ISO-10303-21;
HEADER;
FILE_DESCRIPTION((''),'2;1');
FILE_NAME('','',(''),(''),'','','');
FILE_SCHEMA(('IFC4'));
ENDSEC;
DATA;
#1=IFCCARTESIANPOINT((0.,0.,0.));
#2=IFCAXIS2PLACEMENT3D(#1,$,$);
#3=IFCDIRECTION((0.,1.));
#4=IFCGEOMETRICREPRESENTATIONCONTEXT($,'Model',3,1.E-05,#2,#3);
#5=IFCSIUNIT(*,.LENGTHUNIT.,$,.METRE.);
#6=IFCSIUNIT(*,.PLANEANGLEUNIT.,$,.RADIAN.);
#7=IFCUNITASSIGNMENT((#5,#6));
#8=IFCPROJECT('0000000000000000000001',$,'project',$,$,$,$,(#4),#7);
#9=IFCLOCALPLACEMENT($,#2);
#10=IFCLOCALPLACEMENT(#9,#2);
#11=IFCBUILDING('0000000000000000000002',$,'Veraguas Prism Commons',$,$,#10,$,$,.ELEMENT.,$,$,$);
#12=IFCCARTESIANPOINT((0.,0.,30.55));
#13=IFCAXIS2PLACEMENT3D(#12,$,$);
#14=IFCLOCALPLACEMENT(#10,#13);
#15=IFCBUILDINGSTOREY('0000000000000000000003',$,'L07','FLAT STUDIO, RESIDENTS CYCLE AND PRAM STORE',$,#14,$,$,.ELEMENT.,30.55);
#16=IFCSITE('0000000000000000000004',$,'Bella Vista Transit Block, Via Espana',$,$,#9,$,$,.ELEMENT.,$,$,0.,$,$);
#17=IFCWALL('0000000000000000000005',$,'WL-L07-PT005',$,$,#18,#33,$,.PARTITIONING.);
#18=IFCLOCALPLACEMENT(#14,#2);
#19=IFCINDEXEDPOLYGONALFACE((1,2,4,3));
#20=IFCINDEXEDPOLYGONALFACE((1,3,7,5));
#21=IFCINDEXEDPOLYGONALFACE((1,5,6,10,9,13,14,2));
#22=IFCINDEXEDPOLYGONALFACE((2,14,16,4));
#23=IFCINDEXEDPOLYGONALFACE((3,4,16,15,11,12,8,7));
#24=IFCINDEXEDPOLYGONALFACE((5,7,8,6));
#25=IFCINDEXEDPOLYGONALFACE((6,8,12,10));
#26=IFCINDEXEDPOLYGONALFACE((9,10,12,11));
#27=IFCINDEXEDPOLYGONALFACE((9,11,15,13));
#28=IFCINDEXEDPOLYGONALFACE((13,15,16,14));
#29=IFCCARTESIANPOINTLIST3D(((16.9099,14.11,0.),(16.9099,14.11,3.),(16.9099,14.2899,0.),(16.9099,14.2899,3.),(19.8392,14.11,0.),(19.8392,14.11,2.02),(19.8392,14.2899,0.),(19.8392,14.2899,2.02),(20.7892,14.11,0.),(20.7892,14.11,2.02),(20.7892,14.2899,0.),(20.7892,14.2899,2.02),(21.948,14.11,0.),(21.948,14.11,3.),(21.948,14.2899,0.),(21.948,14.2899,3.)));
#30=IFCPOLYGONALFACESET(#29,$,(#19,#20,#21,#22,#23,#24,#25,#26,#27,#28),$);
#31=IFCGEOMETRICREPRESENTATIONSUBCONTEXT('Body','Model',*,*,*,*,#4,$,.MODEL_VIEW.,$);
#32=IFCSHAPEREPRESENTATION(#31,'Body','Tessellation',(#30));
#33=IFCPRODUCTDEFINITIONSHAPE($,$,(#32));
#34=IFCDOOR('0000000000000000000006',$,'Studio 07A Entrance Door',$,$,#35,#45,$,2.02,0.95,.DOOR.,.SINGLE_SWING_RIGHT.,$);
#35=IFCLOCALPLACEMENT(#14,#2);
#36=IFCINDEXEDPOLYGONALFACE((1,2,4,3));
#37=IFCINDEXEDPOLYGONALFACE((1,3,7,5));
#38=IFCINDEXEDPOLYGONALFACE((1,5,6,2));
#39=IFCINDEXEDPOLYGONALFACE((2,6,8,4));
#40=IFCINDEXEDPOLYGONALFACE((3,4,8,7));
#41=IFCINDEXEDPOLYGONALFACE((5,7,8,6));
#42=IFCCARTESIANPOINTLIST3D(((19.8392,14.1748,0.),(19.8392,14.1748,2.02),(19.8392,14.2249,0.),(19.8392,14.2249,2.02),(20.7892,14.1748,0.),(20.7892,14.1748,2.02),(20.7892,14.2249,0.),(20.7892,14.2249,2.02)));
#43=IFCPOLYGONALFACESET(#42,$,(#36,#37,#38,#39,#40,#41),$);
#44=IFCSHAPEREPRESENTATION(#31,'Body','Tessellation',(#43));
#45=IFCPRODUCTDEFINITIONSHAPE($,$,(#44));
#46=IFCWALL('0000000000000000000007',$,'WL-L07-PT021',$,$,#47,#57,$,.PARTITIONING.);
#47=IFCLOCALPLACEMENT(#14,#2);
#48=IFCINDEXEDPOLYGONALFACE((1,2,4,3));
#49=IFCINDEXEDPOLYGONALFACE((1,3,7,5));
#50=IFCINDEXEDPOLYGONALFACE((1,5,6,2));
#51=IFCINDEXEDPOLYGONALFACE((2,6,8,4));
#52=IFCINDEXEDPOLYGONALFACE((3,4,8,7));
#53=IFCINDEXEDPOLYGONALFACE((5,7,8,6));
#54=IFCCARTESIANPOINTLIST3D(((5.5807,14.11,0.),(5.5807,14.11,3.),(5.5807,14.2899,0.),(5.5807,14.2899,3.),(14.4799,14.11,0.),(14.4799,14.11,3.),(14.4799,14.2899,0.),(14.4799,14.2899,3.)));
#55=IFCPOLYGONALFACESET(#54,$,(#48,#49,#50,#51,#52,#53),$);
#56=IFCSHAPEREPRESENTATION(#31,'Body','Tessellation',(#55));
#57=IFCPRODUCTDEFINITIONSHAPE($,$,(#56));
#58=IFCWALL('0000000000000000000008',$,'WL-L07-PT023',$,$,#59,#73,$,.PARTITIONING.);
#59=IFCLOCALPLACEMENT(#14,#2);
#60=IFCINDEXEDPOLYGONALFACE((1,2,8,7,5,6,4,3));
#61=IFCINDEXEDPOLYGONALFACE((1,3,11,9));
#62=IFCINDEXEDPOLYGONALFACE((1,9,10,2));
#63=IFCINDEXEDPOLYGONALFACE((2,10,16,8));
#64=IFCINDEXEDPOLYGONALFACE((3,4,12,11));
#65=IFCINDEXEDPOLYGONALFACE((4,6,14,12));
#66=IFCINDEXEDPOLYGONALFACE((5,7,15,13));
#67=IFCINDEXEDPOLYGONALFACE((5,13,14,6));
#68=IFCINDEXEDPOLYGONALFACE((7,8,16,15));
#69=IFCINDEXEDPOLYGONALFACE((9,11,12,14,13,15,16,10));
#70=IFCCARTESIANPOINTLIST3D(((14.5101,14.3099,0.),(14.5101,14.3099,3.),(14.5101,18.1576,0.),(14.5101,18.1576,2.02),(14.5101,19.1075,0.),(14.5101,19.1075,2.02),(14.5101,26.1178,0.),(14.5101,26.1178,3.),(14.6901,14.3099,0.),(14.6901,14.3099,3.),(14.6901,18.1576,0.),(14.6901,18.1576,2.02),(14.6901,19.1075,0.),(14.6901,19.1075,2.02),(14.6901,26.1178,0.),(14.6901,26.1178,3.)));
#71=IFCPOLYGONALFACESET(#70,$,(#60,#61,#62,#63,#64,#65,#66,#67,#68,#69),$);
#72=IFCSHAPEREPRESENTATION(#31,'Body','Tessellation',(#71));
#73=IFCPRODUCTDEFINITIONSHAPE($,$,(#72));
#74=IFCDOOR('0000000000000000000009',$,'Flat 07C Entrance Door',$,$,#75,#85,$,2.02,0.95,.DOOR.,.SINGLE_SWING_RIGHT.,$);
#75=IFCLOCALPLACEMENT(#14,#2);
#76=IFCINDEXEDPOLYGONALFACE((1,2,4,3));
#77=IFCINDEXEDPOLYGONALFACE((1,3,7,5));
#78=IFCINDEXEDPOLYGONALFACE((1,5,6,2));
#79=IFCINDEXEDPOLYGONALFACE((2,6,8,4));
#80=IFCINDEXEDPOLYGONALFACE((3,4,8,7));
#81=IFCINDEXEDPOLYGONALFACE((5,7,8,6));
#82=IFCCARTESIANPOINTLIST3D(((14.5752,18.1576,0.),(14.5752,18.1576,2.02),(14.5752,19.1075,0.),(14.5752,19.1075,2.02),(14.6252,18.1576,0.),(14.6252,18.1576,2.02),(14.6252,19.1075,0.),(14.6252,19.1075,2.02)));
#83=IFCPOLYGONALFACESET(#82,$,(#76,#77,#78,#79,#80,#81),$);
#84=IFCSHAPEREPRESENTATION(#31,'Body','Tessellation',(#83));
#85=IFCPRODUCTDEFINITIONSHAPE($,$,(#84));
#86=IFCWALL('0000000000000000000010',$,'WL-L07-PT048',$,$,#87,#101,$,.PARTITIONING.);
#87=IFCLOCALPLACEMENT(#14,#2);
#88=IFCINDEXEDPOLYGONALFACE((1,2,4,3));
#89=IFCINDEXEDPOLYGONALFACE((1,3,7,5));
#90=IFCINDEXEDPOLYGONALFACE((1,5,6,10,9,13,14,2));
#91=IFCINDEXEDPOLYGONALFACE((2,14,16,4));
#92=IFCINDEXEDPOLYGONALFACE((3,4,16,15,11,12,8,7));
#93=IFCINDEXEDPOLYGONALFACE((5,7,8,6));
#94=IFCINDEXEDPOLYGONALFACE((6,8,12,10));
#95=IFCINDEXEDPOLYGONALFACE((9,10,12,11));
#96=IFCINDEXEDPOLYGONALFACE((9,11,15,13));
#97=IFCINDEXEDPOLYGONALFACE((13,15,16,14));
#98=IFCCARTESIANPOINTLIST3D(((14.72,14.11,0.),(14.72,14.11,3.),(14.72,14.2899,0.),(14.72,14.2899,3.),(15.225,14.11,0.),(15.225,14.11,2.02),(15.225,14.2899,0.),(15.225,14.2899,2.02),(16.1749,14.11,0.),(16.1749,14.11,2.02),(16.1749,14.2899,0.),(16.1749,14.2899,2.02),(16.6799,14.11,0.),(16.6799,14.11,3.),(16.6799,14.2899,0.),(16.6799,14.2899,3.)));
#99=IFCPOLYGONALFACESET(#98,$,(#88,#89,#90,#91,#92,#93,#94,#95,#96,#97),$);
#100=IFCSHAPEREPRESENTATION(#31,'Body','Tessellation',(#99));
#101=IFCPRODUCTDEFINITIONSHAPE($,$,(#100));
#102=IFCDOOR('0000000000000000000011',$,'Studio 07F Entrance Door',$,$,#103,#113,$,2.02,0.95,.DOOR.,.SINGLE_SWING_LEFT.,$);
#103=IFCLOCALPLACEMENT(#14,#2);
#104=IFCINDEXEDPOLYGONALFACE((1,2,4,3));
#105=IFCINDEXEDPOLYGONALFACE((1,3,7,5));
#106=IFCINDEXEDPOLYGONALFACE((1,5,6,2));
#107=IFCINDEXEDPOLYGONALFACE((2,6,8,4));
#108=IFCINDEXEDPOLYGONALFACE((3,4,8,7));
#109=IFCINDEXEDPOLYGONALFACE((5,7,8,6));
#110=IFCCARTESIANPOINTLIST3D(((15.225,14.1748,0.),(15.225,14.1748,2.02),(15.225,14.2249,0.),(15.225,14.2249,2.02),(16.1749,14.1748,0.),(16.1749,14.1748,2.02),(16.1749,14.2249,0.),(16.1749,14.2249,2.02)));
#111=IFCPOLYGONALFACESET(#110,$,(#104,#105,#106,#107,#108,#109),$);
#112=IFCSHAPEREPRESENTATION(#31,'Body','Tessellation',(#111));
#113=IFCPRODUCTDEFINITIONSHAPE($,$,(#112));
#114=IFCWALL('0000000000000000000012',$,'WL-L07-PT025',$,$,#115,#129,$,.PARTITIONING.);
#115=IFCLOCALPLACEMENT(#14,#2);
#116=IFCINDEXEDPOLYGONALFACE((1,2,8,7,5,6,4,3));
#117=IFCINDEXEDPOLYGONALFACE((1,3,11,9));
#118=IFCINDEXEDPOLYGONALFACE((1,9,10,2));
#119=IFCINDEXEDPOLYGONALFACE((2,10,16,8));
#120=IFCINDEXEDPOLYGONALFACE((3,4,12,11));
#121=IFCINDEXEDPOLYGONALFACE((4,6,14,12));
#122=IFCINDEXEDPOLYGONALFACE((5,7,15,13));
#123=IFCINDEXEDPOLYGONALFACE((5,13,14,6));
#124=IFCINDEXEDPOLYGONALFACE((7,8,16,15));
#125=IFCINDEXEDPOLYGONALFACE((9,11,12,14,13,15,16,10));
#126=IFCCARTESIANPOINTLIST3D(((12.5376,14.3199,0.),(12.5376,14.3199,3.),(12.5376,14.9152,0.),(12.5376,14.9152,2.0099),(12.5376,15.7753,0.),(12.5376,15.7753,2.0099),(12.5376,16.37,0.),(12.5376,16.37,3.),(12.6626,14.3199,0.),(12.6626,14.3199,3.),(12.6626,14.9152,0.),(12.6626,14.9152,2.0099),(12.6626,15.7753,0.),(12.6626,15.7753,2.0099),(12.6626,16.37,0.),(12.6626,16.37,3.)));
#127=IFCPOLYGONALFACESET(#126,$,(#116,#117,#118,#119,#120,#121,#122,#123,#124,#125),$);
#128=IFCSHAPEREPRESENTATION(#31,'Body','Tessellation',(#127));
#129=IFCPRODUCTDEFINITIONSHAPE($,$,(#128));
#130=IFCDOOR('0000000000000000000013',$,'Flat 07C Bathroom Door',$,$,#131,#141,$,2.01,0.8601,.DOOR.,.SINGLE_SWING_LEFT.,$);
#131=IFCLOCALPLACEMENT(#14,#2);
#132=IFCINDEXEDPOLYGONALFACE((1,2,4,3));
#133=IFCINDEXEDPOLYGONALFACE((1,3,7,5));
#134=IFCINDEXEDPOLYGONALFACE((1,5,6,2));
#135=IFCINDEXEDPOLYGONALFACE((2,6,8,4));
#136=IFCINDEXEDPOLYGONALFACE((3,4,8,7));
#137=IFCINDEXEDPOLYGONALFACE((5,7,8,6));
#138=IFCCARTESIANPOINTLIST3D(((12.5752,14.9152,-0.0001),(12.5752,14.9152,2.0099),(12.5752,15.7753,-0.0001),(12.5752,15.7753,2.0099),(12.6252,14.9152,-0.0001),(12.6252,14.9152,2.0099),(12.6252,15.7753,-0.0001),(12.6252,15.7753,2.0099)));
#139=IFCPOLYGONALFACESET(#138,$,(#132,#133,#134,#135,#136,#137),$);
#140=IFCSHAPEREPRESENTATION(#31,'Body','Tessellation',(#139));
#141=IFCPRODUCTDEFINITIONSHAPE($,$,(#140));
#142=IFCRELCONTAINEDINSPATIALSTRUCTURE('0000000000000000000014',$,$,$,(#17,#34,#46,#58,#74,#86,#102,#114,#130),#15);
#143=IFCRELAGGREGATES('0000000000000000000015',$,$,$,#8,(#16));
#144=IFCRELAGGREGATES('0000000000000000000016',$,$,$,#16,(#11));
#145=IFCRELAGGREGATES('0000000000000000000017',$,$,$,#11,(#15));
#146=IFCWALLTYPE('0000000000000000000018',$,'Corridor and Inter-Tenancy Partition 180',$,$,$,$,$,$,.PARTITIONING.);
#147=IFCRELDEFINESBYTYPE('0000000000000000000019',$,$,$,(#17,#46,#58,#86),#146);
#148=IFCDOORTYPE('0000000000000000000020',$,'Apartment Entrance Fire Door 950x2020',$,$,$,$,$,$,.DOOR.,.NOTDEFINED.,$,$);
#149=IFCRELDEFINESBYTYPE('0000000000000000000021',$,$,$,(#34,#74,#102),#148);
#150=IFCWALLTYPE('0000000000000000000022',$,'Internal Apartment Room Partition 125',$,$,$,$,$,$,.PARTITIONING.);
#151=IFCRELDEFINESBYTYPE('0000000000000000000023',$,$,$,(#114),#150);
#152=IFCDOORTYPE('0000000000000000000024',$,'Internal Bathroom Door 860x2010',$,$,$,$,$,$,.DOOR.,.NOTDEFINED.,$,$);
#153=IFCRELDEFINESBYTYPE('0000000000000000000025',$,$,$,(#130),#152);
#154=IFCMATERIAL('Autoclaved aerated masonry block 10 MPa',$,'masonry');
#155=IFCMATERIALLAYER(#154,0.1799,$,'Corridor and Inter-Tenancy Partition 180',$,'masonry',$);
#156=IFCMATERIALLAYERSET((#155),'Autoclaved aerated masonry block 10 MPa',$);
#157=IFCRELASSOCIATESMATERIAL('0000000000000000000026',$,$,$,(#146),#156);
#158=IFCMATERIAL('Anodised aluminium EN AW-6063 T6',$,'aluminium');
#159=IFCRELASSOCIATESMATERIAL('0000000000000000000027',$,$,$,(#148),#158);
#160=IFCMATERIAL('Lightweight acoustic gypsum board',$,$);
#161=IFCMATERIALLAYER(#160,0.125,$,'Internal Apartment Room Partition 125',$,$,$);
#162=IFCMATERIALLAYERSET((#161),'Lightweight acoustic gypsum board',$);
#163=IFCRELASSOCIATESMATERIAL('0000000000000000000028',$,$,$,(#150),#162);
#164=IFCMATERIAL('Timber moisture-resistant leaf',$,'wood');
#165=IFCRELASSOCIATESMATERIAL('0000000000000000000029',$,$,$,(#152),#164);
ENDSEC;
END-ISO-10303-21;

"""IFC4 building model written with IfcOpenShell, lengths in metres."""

from ifc_helpers import new_model, si_unit, direction, frame, frame_2d, origin, place, context, subcontext, project, spatial, rectangle, extrude, source, transform, mapped, material, layer, layer_set, type_object, element, fill, save


model = new_model("IFC4")

# Units and contexts
model_context = context("Model", 3, precision=1e-05, world=origin(), true_north=direction((0.0, 1.0)))
body_context = subcontext(model_context, "Body", "Model", "MODEL_VIEW")
ifc_project = project(units=[si_unit("LENGTHUNIT", "METRE"), si_unit("PLANEANGLEUNIT", "RADIAN")], contexts=[model_context])

# Site, building, storey
site_placement = place(None, origin())
site = spatial("IfcSite", under=ifc_project, at=site_placement, Name="Bella Vista Transit Block, Via Espana", CompositionType="ELEMENT", RefElevation=0.0)
building_placement = place(site_placement, origin())
building = spatial("IfcBuilding", under=site, at=building_placement, Name="Veraguas Prism Commons", CompositionType="ELEMENT")
storey_placement = place(building_placement, frame((0.0, 0.0, 30.55)))
storey = spatial("IfcBuildingStorey", under=building, at=storey_placement, Name="L07", Description="FLAT STUDIO, RESIDENTS CYCLE AND PRAM STORE", CompositionType="ELEMENT", Elevation=30.55)

# Wall, opening, door
ifc_material_1 = material(Name="Autoclaved aerated masonry block 10 MPa", Category="masonry")
ifc_layer_1 = layer(ifc_material_1, 0.1799, Name="Corridor and Inter-Tenancy Partition 180", Category="masonry")
ifc_layer_set_1 = layer_set([ifc_layer_1], Name="Autoclaved aerated masonry block 10 MPa")
wall_type_1 = type_object("IfcWallType", Name="Corridor and Inter-Tenancy Partition 180", PredefinedType="PARTITIONING", material=ifc_layer_set_1)
wall_1_placement = place(storey_placement, frame((16.9099, 14.2, 0.0), z_axis=(0.0, 0.0, 1.0), x_axis=(1.0, 0.0, 0.0)))
wall_1 = element("IfcWall", 1, at=wall_1_placement, inside=storey, type_object=wall_type_1, Name="WL-L07-PT005", PredefinedType="PARTITIONING", context=body_context, shape_type="SweptSolid", body=[
    extrude(rectangle(XDim=5.0381, YDim=0.1799, at=frame_2d((2.519, 0.0))), origin(), (0.0, 0.0, 1.0), 3.0),
])
opening_1_placement = place(wall_1_placement, frame((2.9292, 0.0, 0.0)))
opening_1 = element("IfcOpeningElement", 2, at=opening_1_placement, cuts=wall_1, PredefinedType="OPENING", context=body_context, shape_type="SweptSolid", body=[
    extrude(rectangle(XDim=0.95, YDim=2.02, at=frame_2d((0.4751, 1.01))), frame((0.0, 0.0999, 0.0), z_axis=(0.0, -1.0, 0.0), x_axis=(1.0, 0.0, 0.0)), (0.0, 0.0, 1.0), 0.2),
])
ifc_material_2 = material(Name="Anodised aluminium EN AW-6063 T6", Category="aluminium")
door_type_1 = type_object("IfcDoorType", Name="Apartment Entrance Fire Door 950x2020", OperationType="NOTDEFINED", PredefinedType="DOOR", material=ifc_material_2)
shared_shape_1 = source(origin(), body_context, "Body", "SweptSolid", [
    extrude(rectangle(XDim=0.95, YDim=2.02, at=frame_2d((0.4751, 1.01))), frame((0.0, 0.0249, 0.0), z_axis=(0.0, -1.0, 0.0), x_axis=(1.0, 0.0, 0.0)), (0.0, 0.0, 1.0), 0.05),
])
door_1_placement = place(opening_1_placement, origin())
door_1 = element("IfcDoor", 3, at=door_1_placement, inside=storey, type_object=door_type_1, Name="Studio 07A Entrance Door", OperationType="SINGLE_SWING_RIGHT", OverallHeight=2.02, OverallWidth=0.95, PredefinedType="DOOR", context=body_context, shape_type="MappedRepresentation", body=[
    mapped(shared_shape_1, transform((0.0, 0.0, 0.0), scale=1.0)),
])
fill(opening_1, door_1)

# Wall
wall_2_placement = place(storey_placement, frame((14.48, 14.2, 0.0), z_axis=(0.0, 0.0, 1.0), x_axis=(-1.0, 0.0, 0.0)))
element("IfcWall", 4, at=wall_2_placement, inside=storey, type_object=wall_type_1, Name="WL-L07-PT021", PredefinedType="PARTITIONING", context=body_context, shape_type="SweptSolid", body=[
    extrude(rectangle(XDim=8.8992, YDim=0.1799, at=frame_2d((4.4497, 0.0))), origin(), (0.0, 0.0, 1.0), 3.0),
])

# Walls, openings, doors
wall_3_placement = place(storey_placement, frame((14.6001, 14.3101, 0.0), z_axis=(0.0, 0.0, 1.0), x_axis=(0.0, 1.0, 0.0)))
wall_3 = element("IfcWall", 5, at=wall_3_placement, inside=storey, type_object=wall_type_1, Name="WL-L07-PT023", PredefinedType="PARTITIONING", context=body_context, shape_type="SweptSolid", body=[
    extrude(rectangle(XDim=11.8079, YDim=0.1799, at=frame_2d((5.9038, 0.0))), origin(), (0.0, 0.0, 1.0), 3.0),
])
opening_2_placement = place(wall_3_placement, frame((3.8474, 0.0, 0.0)))
opening_2 = element("IfcOpeningElement", 6, at=opening_2_placement, cuts=wall_3, PredefinedType="OPENING", context=body_context, shape_type="SweptSolid", body=[
    extrude(rectangle(XDim=0.95, YDim=2.02, at=frame_2d((0.4751, 1.01))), frame((0.0, 0.0999, 0.0), z_axis=(0.0, -1.0, 0.0), x_axis=(1.0, 0.0, 0.0)), (0.0, 0.0, 1.0), 0.2),
])
door_2_placement = place(opening_2_placement, origin())
door_2 = element("IfcDoor", 7, at=door_2_placement, inside=storey, type_object=door_type_1, Name="Flat 07C Entrance Door", OperationType="SINGLE_SWING_RIGHT", OverallHeight=2.02, OverallWidth=0.95, PredefinedType="DOOR", context=body_context, shape_type="MappedRepresentation", body=[
    mapped(shared_shape_1, transform((0.0, 0.0, 0.0), scale=1.0)),
])
fill(opening_2, door_2)
wall_4_placement = place(storey_placement, frame((14.72, 14.2, 0.0), z_axis=(0.0, 0.0, 1.0), x_axis=(1.0, 0.0, 0.0)))
wall_4 = element("IfcWall", 8, at=wall_4_placement, inside=storey, type_object=wall_type_1, Name="WL-L07-PT048", PredefinedType="PARTITIONING", context=body_context, shape_type="SweptSolid", body=[
    extrude(rectangle(XDim=1.96, YDim=0.1799, at=frame_2d((0.98, 0.0))), origin(), (0.0, 0.0, 1.0), 3.0),
])
opening_3_placement = place(wall_4_placement, frame((0.5049, 0.0, 0.0)))
opening_3 = element("IfcOpeningElement", 9, at=opening_3_placement, cuts=wall_4, PredefinedType="OPENING", context=body_context, shape_type="SweptSolid", body=[
    extrude(rectangle(XDim=0.95, YDim=2.02, at=frame_2d((0.4751, 1.01))), frame((0.0, 0.0999, 0.0), z_axis=(0.0, -1.0, 0.0), x_axis=(1.0, 0.0, 0.0)), (0.0, 0.0, 1.0), 0.2),
])
door_3_placement = place(opening_3_placement, origin())
door_3 = element("IfcDoor", 10, at=door_3_placement, inside=storey, type_object=door_type_1, Name="Studio 07F Entrance Door", OperationType="SINGLE_SWING_LEFT", OverallHeight=2.02, OverallWidth=0.95, PredefinedType="DOOR", context=body_context, shape_type="MappedRepresentation", body=[
    mapped(shared_shape_1, transform((0.0, 0.0, 0.0), scale=1.0)),
])
fill(opening_3, door_3)
ifc_material_3 = material(Name="Lightweight acoustic gypsum board")
ifc_layer_2 = layer(ifc_material_3, 0.125, Name="Internal Apartment Room Partition 125")
ifc_layer_set_2 = layer_set([ifc_layer_2], Name="Lightweight acoustic gypsum board")
wall_type_2 = type_object("IfcWallType", Name="Internal Apartment Room Partition 125", PredefinedType="PARTITIONING", material=ifc_layer_set_2)
wall_5_placement = place(storey_placement, frame((12.6001, 14.3201, 0.0), z_axis=(0.0, 0.0, 1.0), x_axis=(0.0, 1.0, 0.0)))
wall_5 = element("IfcWall", 11, at=wall_5_placement, inside=storey, type_object=wall_type_2, Name="WL-L07-PT025", PredefinedType="PARTITIONING", context=body_context, shape_type="SweptSolid", body=[
    extrude(rectangle(XDim=2.05, YDim=0.125, at=frame_2d((1.0249, 0.0))), origin(), (0.0, 0.0, 1.0), 3.0),
])
opening_4_placement = place(wall_5_placement, frame((0.595, 0.0, 0.0)))
opening_4 = element("IfcOpeningElement", 12, at=opening_4_placement, cuts=wall_5, PredefinedType="OPENING", context=body_context, shape_type="SweptSolid", body=[
    extrude(rectangle(XDim=0.8601, YDim=2.01, at=frame_2d((0.4302, 1.0049))), frame((0.0, 0.0725, 0.0), z_axis=(0.0, -1.0, 0.0), x_axis=(1.0, 0.0, 0.0)), (0.0, 0.0, 1.0), 0.145),
])
ifc_material_4 = material(Name="Timber moisture-resistant leaf", Category="wood")
door_type_2 = type_object("IfcDoorType", Name="Internal Bathroom Door 860x2010", OperationType="NOTDEFINED", PredefinedType="DOOR", material=ifc_material_4)
shared_shape_2 = source(origin(), body_context, "Body", "SweptSolid", [
    extrude(rectangle(XDim=0.8601, YDim=2.01, at=frame_2d((0.4302, 1.0049))), frame((0.0, 0.0249, 0.0), z_axis=(0.0, -1.0, 0.0), x_axis=(1.0, 0.0, 0.0)), (0.0, 0.0, 1.0), 0.05),
])
door_4_placement = place(opening_4_placement, origin())
door_4 = element("IfcDoor", 13, at=door_4_placement, inside=storey, type_object=door_type_2, Name="Flat 07C Bathroom Door", OperationType="SINGLE_SWING_LEFT", OverallHeight=2.01, OverallWidth=0.8601, PredefinedType="DOOR", context=body_context, shape_type="MappedRepresentation", body=[
    mapped(shared_shape_2, transform((0.0, 0.0, 0.0), scale=1.0)),
])
fill(opening_4, door_4)

save(model, "model.ifc")
